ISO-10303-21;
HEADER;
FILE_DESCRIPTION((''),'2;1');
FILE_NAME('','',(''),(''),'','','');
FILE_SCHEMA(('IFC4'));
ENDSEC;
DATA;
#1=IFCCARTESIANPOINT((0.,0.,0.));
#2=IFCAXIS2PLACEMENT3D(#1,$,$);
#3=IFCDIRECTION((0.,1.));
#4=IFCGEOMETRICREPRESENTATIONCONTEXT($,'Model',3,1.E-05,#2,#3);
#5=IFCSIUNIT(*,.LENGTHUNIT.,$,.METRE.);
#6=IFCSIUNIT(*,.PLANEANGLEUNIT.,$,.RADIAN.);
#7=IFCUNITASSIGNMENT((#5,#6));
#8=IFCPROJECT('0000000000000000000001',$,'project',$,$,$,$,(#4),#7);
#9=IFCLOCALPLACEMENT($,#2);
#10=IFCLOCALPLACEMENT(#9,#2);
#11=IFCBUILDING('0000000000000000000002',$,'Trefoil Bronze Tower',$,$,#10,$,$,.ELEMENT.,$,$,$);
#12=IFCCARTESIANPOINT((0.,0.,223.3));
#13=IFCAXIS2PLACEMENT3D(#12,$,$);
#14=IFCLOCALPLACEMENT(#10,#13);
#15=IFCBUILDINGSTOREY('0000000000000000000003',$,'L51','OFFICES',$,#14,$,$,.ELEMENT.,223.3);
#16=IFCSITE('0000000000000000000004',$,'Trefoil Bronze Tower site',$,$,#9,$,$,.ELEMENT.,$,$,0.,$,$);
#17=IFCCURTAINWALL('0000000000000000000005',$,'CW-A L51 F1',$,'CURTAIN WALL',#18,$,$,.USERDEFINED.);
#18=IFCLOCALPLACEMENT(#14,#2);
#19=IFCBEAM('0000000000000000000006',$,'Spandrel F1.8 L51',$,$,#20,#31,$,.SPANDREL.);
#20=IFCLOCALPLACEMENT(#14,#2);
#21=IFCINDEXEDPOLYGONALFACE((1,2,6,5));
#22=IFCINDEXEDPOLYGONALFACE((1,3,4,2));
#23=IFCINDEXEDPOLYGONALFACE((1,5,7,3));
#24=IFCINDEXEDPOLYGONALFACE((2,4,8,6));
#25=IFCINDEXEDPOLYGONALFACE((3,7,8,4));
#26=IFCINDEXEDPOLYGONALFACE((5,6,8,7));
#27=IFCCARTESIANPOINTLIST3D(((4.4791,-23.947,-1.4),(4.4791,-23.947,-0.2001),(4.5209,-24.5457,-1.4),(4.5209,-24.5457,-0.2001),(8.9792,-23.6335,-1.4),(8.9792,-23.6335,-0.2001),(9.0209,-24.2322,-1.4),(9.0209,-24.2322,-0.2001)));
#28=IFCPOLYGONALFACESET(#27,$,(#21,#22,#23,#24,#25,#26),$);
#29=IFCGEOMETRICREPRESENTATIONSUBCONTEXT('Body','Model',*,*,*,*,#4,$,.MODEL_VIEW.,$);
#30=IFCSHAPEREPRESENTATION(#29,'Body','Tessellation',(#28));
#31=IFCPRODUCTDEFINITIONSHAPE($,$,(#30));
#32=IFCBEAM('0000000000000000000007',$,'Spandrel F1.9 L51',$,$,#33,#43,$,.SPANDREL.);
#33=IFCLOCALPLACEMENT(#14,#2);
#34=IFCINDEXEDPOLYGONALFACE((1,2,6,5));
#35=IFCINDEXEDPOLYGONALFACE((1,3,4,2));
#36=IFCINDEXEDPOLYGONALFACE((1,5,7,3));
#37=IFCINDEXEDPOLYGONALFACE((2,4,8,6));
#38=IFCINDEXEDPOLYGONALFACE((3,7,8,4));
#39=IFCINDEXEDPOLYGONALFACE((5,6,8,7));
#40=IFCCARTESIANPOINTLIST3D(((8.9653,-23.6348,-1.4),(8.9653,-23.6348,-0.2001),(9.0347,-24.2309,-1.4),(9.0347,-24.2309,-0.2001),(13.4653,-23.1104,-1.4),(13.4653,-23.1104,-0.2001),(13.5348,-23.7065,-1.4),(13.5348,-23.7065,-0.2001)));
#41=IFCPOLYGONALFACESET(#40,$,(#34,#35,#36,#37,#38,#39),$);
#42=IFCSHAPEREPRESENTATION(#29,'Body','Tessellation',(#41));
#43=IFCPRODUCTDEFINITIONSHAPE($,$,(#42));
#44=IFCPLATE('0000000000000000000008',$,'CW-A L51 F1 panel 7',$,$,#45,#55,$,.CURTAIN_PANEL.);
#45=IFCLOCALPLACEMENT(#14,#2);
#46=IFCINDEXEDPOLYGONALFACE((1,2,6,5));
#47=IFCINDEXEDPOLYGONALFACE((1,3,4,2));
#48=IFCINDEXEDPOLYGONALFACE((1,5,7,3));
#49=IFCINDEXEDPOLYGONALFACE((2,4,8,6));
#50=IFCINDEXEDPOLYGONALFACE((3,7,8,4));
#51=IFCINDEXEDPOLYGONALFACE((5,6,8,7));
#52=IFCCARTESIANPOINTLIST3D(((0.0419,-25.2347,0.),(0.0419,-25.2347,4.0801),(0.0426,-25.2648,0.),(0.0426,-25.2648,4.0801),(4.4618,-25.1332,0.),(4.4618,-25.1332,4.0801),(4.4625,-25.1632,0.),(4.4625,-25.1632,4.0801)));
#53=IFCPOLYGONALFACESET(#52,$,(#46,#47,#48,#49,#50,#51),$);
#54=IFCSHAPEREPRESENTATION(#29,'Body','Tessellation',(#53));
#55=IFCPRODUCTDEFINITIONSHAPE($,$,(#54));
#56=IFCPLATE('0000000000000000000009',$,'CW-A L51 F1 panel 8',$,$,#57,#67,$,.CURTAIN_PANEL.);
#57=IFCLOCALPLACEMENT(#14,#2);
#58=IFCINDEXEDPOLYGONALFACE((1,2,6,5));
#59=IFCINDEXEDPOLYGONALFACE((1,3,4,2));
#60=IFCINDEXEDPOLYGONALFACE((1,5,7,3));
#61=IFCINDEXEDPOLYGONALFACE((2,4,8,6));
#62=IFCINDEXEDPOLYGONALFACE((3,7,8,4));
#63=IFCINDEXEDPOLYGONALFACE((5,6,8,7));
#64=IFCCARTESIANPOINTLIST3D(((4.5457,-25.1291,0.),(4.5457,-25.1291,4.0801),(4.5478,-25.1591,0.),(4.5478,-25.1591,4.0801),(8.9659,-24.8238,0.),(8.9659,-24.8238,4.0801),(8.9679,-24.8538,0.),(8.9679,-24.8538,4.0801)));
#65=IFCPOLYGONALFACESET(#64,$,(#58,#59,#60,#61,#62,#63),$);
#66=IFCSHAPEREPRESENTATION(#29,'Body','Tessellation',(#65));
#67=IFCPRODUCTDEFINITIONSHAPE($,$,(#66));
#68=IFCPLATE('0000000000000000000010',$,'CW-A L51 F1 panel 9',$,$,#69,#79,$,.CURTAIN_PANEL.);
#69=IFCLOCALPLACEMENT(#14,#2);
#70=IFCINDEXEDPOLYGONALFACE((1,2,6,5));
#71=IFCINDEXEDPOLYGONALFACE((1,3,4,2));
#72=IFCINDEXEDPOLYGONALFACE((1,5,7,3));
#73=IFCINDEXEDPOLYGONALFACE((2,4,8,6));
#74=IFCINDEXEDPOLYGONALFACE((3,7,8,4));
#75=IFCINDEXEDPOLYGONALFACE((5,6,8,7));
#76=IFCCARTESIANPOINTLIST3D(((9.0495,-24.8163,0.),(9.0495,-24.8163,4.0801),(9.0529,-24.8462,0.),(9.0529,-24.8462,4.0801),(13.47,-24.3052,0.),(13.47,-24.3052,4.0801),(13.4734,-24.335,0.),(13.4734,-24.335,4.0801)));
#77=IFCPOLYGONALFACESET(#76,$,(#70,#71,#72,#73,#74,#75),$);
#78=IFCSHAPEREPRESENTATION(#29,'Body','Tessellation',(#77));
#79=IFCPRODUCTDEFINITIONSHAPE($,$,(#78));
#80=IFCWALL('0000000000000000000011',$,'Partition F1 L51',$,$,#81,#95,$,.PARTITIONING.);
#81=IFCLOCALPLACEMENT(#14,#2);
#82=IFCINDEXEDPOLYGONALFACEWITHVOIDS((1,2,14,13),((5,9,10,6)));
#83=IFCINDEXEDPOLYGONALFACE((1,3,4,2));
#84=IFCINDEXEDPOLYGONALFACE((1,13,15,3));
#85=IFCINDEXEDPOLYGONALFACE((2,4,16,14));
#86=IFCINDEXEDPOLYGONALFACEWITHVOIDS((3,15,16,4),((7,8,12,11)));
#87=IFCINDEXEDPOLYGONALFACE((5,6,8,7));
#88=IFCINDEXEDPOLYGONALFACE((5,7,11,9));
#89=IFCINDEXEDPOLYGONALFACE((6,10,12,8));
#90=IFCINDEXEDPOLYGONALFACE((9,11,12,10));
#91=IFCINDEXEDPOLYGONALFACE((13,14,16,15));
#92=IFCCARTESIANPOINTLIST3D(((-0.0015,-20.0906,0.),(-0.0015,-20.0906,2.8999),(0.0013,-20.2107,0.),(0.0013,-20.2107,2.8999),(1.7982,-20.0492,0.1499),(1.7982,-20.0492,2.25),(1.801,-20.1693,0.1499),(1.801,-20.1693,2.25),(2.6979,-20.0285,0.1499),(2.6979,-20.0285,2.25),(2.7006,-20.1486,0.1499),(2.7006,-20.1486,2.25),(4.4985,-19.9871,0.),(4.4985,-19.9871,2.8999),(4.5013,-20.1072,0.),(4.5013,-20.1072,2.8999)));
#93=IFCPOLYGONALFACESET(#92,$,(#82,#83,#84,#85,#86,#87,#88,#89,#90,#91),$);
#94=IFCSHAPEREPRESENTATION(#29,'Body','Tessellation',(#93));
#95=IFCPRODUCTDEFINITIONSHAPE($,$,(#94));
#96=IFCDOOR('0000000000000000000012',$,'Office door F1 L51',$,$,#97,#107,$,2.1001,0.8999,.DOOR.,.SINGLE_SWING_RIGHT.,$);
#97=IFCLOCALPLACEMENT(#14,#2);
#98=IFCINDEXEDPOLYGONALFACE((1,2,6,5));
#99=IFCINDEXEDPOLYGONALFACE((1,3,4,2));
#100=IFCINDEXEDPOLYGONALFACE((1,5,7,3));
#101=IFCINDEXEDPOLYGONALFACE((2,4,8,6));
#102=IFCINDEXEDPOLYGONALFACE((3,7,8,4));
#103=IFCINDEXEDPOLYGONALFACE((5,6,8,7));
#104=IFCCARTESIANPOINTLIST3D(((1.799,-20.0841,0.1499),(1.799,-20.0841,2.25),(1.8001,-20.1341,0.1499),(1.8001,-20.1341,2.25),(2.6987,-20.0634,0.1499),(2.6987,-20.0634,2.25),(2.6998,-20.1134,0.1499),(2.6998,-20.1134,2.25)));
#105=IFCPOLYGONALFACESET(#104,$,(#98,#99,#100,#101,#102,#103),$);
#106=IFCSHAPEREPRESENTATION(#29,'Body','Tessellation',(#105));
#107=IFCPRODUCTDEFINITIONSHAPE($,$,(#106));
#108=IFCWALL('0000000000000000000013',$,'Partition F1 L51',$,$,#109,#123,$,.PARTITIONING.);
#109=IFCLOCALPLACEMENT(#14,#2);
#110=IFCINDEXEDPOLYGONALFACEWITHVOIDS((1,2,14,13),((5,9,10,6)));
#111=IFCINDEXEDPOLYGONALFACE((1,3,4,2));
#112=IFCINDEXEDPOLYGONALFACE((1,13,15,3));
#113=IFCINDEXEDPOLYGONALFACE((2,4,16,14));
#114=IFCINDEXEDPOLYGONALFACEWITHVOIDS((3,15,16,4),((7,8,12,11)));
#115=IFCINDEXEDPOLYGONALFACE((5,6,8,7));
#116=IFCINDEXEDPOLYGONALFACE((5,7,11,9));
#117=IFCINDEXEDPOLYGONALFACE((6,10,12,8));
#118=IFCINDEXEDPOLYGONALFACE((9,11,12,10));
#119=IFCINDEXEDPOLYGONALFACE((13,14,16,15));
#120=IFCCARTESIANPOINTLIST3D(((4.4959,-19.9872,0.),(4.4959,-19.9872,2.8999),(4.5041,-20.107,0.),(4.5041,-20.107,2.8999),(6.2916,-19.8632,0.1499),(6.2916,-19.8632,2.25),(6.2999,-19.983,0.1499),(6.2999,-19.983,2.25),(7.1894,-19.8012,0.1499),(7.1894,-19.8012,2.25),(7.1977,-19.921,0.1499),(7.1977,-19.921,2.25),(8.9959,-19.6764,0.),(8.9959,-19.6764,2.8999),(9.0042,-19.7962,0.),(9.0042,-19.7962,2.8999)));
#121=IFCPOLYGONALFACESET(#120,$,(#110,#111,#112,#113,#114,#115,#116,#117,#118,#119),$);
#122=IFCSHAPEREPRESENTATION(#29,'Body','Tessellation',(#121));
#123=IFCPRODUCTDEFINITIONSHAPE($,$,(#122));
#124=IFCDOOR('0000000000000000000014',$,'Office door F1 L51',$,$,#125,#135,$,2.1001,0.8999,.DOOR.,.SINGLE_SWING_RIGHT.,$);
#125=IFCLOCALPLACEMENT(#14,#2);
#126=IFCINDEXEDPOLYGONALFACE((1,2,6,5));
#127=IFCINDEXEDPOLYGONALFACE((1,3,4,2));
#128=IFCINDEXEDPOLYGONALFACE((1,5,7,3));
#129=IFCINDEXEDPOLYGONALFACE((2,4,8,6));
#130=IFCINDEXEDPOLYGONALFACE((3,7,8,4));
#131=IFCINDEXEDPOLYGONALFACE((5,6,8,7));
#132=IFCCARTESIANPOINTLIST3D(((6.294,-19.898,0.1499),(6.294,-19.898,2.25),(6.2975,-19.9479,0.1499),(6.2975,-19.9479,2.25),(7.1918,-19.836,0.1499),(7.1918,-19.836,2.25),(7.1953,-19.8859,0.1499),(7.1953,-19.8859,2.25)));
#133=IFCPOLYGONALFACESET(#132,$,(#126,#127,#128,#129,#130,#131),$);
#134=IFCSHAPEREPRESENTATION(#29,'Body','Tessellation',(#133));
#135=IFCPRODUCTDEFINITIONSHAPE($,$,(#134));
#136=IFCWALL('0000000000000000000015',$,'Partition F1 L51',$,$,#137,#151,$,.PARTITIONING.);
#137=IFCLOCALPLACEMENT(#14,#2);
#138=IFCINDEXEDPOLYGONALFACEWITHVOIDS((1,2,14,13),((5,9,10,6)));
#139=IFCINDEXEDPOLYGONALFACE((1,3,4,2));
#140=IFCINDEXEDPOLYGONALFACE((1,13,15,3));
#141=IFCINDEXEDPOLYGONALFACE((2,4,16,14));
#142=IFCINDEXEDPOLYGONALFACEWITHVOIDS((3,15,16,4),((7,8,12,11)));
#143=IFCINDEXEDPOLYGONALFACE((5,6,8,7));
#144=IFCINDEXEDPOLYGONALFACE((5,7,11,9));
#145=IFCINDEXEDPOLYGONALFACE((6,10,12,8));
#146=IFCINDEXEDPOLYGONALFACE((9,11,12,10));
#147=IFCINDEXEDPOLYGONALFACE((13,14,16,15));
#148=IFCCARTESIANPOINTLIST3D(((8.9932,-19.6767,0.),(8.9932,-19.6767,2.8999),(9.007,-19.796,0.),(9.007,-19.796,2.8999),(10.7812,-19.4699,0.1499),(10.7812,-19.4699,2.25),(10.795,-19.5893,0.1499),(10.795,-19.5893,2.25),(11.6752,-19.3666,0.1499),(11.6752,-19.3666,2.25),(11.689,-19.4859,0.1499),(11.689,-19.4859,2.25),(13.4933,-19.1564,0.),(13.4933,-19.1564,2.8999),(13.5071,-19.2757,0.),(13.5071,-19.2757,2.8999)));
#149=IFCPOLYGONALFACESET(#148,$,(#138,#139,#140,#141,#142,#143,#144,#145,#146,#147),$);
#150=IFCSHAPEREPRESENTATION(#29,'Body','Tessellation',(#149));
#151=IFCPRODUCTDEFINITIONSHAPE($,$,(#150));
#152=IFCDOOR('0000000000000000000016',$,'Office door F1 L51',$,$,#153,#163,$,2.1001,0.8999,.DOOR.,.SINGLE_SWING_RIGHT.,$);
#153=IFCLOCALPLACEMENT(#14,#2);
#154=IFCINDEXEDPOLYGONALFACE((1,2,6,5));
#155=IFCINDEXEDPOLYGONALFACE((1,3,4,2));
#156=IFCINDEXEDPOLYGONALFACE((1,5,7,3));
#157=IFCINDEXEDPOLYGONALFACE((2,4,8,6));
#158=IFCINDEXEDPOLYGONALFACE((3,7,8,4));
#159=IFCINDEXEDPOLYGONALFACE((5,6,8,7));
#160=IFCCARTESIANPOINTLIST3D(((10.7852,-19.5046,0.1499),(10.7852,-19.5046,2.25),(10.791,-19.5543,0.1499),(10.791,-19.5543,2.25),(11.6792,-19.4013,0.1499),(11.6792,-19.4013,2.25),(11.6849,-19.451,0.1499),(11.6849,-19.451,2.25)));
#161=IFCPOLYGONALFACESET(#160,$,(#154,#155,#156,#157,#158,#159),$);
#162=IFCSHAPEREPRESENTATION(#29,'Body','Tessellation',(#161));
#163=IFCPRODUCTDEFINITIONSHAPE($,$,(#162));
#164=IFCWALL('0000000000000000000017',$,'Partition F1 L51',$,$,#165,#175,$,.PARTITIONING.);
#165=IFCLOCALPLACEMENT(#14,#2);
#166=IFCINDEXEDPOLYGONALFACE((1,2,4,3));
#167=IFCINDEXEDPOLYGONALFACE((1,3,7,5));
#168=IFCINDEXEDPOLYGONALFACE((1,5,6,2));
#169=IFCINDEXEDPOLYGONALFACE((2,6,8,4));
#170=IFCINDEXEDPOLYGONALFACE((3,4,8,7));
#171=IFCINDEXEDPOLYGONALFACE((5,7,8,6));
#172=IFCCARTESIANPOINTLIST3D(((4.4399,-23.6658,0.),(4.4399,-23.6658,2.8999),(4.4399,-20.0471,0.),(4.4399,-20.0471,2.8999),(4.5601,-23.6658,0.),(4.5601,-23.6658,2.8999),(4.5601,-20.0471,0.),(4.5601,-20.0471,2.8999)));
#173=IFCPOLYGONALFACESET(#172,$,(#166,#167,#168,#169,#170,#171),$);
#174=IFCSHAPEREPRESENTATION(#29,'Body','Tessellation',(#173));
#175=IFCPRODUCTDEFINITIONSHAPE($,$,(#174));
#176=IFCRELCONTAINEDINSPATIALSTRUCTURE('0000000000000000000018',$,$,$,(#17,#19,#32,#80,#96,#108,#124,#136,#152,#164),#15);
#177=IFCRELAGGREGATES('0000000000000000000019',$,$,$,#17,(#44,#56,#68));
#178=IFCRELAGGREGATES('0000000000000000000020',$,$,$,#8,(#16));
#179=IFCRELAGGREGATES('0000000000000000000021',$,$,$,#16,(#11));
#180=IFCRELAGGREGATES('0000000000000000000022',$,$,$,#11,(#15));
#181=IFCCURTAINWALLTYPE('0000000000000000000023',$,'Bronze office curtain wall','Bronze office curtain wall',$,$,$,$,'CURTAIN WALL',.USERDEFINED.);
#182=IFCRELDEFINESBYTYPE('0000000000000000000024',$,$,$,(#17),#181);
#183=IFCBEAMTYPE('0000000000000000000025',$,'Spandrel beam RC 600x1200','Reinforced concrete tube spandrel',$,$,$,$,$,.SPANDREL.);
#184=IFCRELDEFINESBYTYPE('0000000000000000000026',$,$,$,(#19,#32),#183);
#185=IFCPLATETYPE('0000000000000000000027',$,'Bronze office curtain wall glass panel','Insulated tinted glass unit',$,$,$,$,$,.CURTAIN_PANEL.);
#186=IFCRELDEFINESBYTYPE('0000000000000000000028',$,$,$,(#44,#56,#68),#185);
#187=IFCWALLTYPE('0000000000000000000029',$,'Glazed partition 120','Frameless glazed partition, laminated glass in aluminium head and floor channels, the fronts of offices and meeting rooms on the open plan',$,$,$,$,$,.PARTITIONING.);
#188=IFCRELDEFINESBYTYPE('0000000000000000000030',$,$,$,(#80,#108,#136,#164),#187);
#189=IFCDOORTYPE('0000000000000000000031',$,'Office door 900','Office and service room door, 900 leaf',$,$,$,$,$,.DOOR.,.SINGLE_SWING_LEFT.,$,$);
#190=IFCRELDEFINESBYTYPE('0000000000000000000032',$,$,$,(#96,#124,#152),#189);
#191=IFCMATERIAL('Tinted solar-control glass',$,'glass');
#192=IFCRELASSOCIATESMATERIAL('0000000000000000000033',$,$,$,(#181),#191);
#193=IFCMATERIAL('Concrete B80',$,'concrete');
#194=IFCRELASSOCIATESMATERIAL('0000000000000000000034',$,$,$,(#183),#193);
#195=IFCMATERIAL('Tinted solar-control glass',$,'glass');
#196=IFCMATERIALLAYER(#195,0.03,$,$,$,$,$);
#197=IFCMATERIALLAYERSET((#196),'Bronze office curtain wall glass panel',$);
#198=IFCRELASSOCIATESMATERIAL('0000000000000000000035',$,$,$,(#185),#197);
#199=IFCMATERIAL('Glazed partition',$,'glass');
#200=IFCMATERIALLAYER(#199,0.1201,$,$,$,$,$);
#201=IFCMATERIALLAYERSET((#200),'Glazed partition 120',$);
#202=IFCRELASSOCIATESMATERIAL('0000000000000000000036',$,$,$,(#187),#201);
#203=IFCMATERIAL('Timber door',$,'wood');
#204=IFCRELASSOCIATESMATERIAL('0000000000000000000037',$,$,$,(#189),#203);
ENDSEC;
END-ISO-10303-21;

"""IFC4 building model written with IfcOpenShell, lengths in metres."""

from ifc_helpers import new_model, si_unit, direction, frame, frame_2d, origin, origin_2d, place, context, subcontext, project, spatial, rectangle, extrude, material, layer, layer_set, material_profile, profile_set, type_object, element, fill, aggregate, save


model = new_model("IFC4")

# Units and contexts
model_context = context("Model", 3, precision=1e-05, world=origin(), true_north=direction((0.0, 1.0)))
body_context = subcontext(model_context, "Body", "Model", "MODEL_VIEW")
ifc_project = project(units=[si_unit("LENGTHUNIT", "METRE"), si_unit("PLANEANGLEUNIT", "RADIAN")], contexts=[model_context])

# Site, building, storey
site_placement = place(None, origin())
site = spatial("IfcSite", under=ifc_project, at=site_placement, Name="Trefoil Bronze Tower site", CompositionType="ELEMENT", RefElevation=0.0)
building_placement = place(site_placement, origin())
building = spatial("IfcBuilding", under=site, at=building_placement, Name="Trefoil Bronze Tower", CompositionType="ELEMENT")
storey_placement = place(building_placement, frame((0.0, 0.0, 223.3)))
storey = spatial("IfcBuildingStorey", under=building, at=storey_placement, Name="L51", Description="OFFICES", CompositionType="ELEMENT", Elevation=223.3)

# Curtain wall
ifc_material_1 = material(Name="Tinted solar-control glass", Category="glass")
curtain_wall_type = type_object("IfcCurtainWallType", Name="Bronze office curtain wall", Description="Bronze office curtain wall", ElementType="CURTAIN WALL", PredefinedType="USERDEFINED", material=ifc_material_1)
curtain_wall_placement = place(storey_placement, origin())
curtain_wall = element("IfcCurtainWall", 1, at=curtain_wall_placement, inside=storey, type_object=curtain_wall_type, Name="CW-A L51 F1", ObjectType="CURTAIN WALL", PredefinedType="USERDEFINED")

# Beams
ifc_material_2 = material(Name="Concrete B80", Category="concrete")
ifc_material_profile_1 = material_profile(ifc_material_2, rectangle(XDim=0.6001, YDim=1.2, at=origin_2d()), Name="RC 600x1200")
ifc_profile_set_1 = profile_set([ifc_material_profile_1], Name="Concrete B80")
beam_type_1 = type_object("IfcBeamType", Name="Spandrel beam RC 600x1200", Description="Reinforced concrete tube spandrel", PredefinedType="SPANDREL", material=ifc_profile_set_1)
beam_1_placement = place(storey_placement, frame((4.5, -24.2463, -0.8), z_axis=(0.997582, 0.069493, 0.0), x_axis=(-0.069493, 0.997582, 0.0)))
element("IfcBeam", 2, at=beam_1_placement, inside=storey, type_object=beam_type_1, Name="Spandrel F1.8 L51", PredefinedType="SPANDREL", context=body_context, shape_type="SweptSolid", body=[
    extrude(rectangle(XDim=0.6001, YDim=1.2, at=origin_2d()), origin(), (0.0, 0.0, 1.0), 4.511),
])
beam_2_placement = place(storey_placement, frame((9.0, -23.9329, -0.8), z_axis=(0.993278, 0.115753, 0.0), x_axis=(-0.115753, 0.993278, 0.0)))
element("IfcBeam", 3, at=beam_2_placement, inside=storey, type_object=beam_type_1, Name="Spandrel F1.9 L51", PredefinedType="SPANDREL", context=body_context, shape_type="SweptSolid", body=[
    extrude(rectangle(XDim=0.6001, YDim=1.2, at=origin_2d()), origin(), (0.0, 0.0, 1.0), 4.5305),
])

# Plates
ifc_material_3 = material(Name="Tinted solar-control glass", Category="glass")
ifc_layer_1 = layer(ifc_material_3, 0.03)
ifc_layer_set_1 = layer_set([ifc_layer_1], Name="Bronze office curtain wall glass panel")
plate_type = type_object("IfcPlateType", Name="Bronze office curtain wall glass panel", Description="Insulated tinted glass unit", PredefinedType="CURTAIN_PANEL", material=ifc_layer_set_1)
plate_1_placement = place(storey_placement, frame((2.2522, -25.199, 0.0), z_axis=(0.0, 0.0, 1.0), x_axis=(0.999736, 0.022972, 0.0)))
plate_1 = element("IfcPlate", 4, at=plate_1_placement, type_object=plate_type, Name="CW-A L51 F1 panel 7", PredefinedType="CURTAIN_PANEL", context=body_context, shape_type="SweptSolid", body=[
    extrude(rectangle(XDim=4.4211, YDim=0.03, at=origin_2d()), origin(), (0.0, 0.0, 1.0), 4.0801),
])
plate_2_placement = place(storey_placement, frame((6.7568, -24.9915, 0.0), z_axis=(0.0, 0.0, 1.0), x_axis=(0.997623, 0.068915, 0.0)))
plate_2 = element("IfcPlate", 5, at=plate_2_placement, type_object=plate_type, Name="CW-A L51 F1 panel 8", PredefinedType="CURTAIN_PANEL", context=body_context, shape_type="SweptSolid", body=[
    extrude(rectangle(XDim=4.4307, YDim=0.03, at=origin_2d()), origin(), (0.0, 0.0, 1.0), 4.0801),
])
plate_3_placement = place(storey_placement, frame((11.2615, -24.5757, 0.0), z_axis=(0.0, 0.0, 1.0), x_axis=(0.993382, 0.114859, 0.0)))
plate_3 = element("IfcPlate", 6, at=plate_3_placement, type_object=plate_type, Name="CW-A L51 F1 panel 9", PredefinedType="CURTAIN_PANEL", context=body_context, shape_type="SweptSolid", body=[
    extrude(rectangle(XDim=4.45, YDim=0.03, at=origin_2d()), origin(), (0.0, 0.0, 1.0), 4.0801),
])
aggregate(curtain_wall, [plate_1, plate_2, plate_3])

# Walls, openings, doors
ifc_material_4 = material(Name="Glazed partition", Category="glass")
ifc_layer_2 = layer(ifc_material_4, 0.1201)
ifc_layer_set_2 = layer_set([ifc_layer_2], Name="Glazed partition 120")
wall_type_1 = type_object("IfcWallType", Name="Glazed partition 120", Description="Frameless glazed partition, laminated glass in aluminium head and floor channels, the fronts of offices and meeting rooms on the open plan", PredefinedType="PARTITIONING", material=ifc_layer_set_2)
wall_1_placement = place(storey_placement, frame((0.0, -20.1506, 0.0), z_axis=(0.0, 0.0, 1.0), x_axis=(0.999736, 0.022997, 0.0)))
wall_1 = element("IfcWall", 7, at=wall_1_placement, inside=storey, type_object=wall_type_1, Name="Partition F1 L51", PredefinedType="PARTITIONING", context=body_context, shape_type="SweptSolid", body=[
    extrude(rectangle(XDim=4.5012, YDim=0.1201, at=frame_2d((2.2505, 0.0))), origin(), (0.0, 0.0, 1.0), 2.8999),
])
opening_1_placement = place(wall_1_placement, frame((1.8, 0.0, 0.1499)))
opening_1 = element("IfcOpeningElement", 8, at=opening_1_placement, cuts=wall_1, PredefinedType="OPENING", context=body_context, shape_type="SweptSolid", body=[
    extrude(rectangle(XDim=0.8999, YDim=2.1001, at=frame_2d((0.45, 1.05))), frame((0.0, 0.0701, 0.0), z_axis=(0.0, -1.0, 0.0), x_axis=(1.0, 0.0, 0.0)), (0.0, 0.0, 1.0), 0.1401),
])
ifc_material_5 = material(Name="Timber door", Category="wood")
door_type = type_object("IfcDoorType", Name="Office door 900", Description="Office and service room door, 900 leaf", OperationType="SINGLE_SWING_LEFT", PredefinedType="DOOR", material=ifc_material_5)
door_1_placement = place(opening_1_placement, frame((0.8999, 0.0, 0.0), z_axis=(0.0, 0.0, 1.0), x_axis=(-1.0, 0.0, 0.0)))
door_1 = element("IfcDoor", 9, at=door_1_placement, inside=storey, type_object=door_type, Name="Office door F1 L51", OperationType="SINGLE_SWING_RIGHT", OverallHeight=2.1001, OverallWidth=0.8999, PredefinedType="DOOR", context=body_context, shape_type="SweptSolid", body=[
    extrude(rectangle(XDim=0.8999, YDim=2.1001, at=frame_2d((0.45, 1.05))), frame((0.0, 0.0249, 0.0), z_axis=(0.0, -1.0, 0.0), x_axis=(1.0, 0.0, 0.0)), (0.0, 0.0, 1.0), 0.05),
])
fill(opening_1, door_1)
wall_2_placement = place(storey_placement, frame((4.5, -20.0471, 0.0), z_axis=(0.0, 0.0, 1.0), x_axis=(0.997624, 0.068901, 0.0)))
wall_2 = element("IfcWall", 10, at=wall_2_placement, inside=storey, type_object=wall_type_1, Name="Partition F1 L51", PredefinedType="PARTITIONING", context=body_context, shape_type="SweptSolid", body=[
    extrude(rectangle(XDim=4.5107, YDim=0.1201, at=frame_2d((2.2554, 0.0))), origin(), (0.0, 0.0, 1.0), 2.8999),
])
opening_2_placement = place(wall_2_placement, frame((1.8, 0.0, 0.1499)))
opening_2 = element("IfcOpeningElement", 11, at=opening_2_placement, cuts=wall_2, PredefinedType="OPENING", context=body_context, shape_type="SweptSolid", body=[
    extrude(rectangle(XDim=0.8999, YDim=2.1001, at=frame_2d((0.45, 1.05))), frame((0.0, 0.0701, 0.0), z_axis=(0.0, -1.0, 0.0), x_axis=(1.0, 0.0, 0.0)), (0.0, 0.0, 1.0), 0.1401),
])
door_2_placement = place(opening_2_placement, frame((0.8999, 0.0, 0.0), z_axis=(0.0, 0.0, 1.0), x_axis=(-1.0, 0.0, 0.0)))
door_2 = element("IfcDoor", 12, at=door_2_placement, inside=storey, type_object=door_type, Name="Office door F1 L51", OperationType="SINGLE_SWING_RIGHT", OverallHeight=2.1001, OverallWidth=0.8999, PredefinedType="DOOR", context=body_context, shape_type="SweptSolid", body=[
    extrude(rectangle(XDim=0.8999, YDim=2.1001, at=frame_2d((0.45, 1.05))), frame((0.0, 0.0249, 0.0), z_axis=(0.0, -1.0, 0.0), x_axis=(1.0, 0.0, 0.0)), (0.0, 0.0, 1.0), 0.05),
])
fill(opening_2, door_2)
wall_3_placement = place(storey_placement, frame((9.0, -19.7363, 0.0), z_axis=(0.0, 0.0, 1.0), x_axis=(0.993383, 0.114849, 0.0)))
wall_3 = element("IfcWall", 13, at=wall_3_placement, inside=storey, type_object=wall_type_1, Name="Partition F1 L51", PredefinedType="PARTITIONING", context=body_context, shape_type="SweptSolid", body=[
    extrude(rectangle(XDim=4.53, YDim=0.1201, at=frame_2d((2.2651, 0.0))), origin(), (0.0, 0.0, 1.0), 2.8999),
])
opening_3_placement = place(wall_3_placement, frame((1.8, 0.0, 0.1499)))
opening_3 = element("IfcOpeningElement", 14, at=opening_3_placement, cuts=wall_3, PredefinedType="OPENING", context=body_context, shape_type="SweptSolid", body=[
    extrude(rectangle(XDim=0.8999, YDim=2.1001, at=frame_2d((0.45, 1.05))), frame((0.0, 0.0701, 0.0), z_axis=(0.0, -1.0, 0.0), x_axis=(1.0, 0.0, 0.0)), (0.0, 0.0, 1.0), 0.1401),
])
door_3_placement = place(opening_3_placement, frame((0.8999, 0.0, 0.0), z_axis=(0.0, 0.0, 1.0), x_axis=(-1.0, 0.0, 0.0)))
door_3 = element("IfcDoor", 15, at=door_3_placement, inside=storey, type_object=door_type, Name="Office door F1 L51", OperationType="SINGLE_SWING_RIGHT", OverallHeight=2.1001, OverallWidth=0.8999, PredefinedType="DOOR", context=body_context, shape_type="SweptSolid", body=[
    extrude(rectangle(XDim=0.8999, YDim=2.1001, at=frame_2d((0.45, 1.05))), frame((0.0, 0.0249, 0.0), z_axis=(0.0, -1.0, 0.0), x_axis=(1.0, 0.0, 0.0)), (0.0, 0.0, 1.0), 0.05),
])
fill(opening_3, door_3)

# Wall
wall_4_placement = place(storey_placement, frame((4.5, -20.0471, 0.0), z_axis=(0.0, 0.0, 1.0), x_axis=(0.0, -1.0, 0.0)))
element("IfcWall", 16, at=wall_4_placement, inside=storey, type_object=wall_type_1, Name="Partition F1 L51", PredefinedType="PARTITIONING", context=body_context, shape_type="SweptSolid", body=[
    extrude(rectangle(XDim=3.6187, YDim=0.1201, at=frame_2d((1.8093, 0.0))), origin(), (0.0, 0.0, 1.0), 2.8999),
])

save(model, "model.ifc")
